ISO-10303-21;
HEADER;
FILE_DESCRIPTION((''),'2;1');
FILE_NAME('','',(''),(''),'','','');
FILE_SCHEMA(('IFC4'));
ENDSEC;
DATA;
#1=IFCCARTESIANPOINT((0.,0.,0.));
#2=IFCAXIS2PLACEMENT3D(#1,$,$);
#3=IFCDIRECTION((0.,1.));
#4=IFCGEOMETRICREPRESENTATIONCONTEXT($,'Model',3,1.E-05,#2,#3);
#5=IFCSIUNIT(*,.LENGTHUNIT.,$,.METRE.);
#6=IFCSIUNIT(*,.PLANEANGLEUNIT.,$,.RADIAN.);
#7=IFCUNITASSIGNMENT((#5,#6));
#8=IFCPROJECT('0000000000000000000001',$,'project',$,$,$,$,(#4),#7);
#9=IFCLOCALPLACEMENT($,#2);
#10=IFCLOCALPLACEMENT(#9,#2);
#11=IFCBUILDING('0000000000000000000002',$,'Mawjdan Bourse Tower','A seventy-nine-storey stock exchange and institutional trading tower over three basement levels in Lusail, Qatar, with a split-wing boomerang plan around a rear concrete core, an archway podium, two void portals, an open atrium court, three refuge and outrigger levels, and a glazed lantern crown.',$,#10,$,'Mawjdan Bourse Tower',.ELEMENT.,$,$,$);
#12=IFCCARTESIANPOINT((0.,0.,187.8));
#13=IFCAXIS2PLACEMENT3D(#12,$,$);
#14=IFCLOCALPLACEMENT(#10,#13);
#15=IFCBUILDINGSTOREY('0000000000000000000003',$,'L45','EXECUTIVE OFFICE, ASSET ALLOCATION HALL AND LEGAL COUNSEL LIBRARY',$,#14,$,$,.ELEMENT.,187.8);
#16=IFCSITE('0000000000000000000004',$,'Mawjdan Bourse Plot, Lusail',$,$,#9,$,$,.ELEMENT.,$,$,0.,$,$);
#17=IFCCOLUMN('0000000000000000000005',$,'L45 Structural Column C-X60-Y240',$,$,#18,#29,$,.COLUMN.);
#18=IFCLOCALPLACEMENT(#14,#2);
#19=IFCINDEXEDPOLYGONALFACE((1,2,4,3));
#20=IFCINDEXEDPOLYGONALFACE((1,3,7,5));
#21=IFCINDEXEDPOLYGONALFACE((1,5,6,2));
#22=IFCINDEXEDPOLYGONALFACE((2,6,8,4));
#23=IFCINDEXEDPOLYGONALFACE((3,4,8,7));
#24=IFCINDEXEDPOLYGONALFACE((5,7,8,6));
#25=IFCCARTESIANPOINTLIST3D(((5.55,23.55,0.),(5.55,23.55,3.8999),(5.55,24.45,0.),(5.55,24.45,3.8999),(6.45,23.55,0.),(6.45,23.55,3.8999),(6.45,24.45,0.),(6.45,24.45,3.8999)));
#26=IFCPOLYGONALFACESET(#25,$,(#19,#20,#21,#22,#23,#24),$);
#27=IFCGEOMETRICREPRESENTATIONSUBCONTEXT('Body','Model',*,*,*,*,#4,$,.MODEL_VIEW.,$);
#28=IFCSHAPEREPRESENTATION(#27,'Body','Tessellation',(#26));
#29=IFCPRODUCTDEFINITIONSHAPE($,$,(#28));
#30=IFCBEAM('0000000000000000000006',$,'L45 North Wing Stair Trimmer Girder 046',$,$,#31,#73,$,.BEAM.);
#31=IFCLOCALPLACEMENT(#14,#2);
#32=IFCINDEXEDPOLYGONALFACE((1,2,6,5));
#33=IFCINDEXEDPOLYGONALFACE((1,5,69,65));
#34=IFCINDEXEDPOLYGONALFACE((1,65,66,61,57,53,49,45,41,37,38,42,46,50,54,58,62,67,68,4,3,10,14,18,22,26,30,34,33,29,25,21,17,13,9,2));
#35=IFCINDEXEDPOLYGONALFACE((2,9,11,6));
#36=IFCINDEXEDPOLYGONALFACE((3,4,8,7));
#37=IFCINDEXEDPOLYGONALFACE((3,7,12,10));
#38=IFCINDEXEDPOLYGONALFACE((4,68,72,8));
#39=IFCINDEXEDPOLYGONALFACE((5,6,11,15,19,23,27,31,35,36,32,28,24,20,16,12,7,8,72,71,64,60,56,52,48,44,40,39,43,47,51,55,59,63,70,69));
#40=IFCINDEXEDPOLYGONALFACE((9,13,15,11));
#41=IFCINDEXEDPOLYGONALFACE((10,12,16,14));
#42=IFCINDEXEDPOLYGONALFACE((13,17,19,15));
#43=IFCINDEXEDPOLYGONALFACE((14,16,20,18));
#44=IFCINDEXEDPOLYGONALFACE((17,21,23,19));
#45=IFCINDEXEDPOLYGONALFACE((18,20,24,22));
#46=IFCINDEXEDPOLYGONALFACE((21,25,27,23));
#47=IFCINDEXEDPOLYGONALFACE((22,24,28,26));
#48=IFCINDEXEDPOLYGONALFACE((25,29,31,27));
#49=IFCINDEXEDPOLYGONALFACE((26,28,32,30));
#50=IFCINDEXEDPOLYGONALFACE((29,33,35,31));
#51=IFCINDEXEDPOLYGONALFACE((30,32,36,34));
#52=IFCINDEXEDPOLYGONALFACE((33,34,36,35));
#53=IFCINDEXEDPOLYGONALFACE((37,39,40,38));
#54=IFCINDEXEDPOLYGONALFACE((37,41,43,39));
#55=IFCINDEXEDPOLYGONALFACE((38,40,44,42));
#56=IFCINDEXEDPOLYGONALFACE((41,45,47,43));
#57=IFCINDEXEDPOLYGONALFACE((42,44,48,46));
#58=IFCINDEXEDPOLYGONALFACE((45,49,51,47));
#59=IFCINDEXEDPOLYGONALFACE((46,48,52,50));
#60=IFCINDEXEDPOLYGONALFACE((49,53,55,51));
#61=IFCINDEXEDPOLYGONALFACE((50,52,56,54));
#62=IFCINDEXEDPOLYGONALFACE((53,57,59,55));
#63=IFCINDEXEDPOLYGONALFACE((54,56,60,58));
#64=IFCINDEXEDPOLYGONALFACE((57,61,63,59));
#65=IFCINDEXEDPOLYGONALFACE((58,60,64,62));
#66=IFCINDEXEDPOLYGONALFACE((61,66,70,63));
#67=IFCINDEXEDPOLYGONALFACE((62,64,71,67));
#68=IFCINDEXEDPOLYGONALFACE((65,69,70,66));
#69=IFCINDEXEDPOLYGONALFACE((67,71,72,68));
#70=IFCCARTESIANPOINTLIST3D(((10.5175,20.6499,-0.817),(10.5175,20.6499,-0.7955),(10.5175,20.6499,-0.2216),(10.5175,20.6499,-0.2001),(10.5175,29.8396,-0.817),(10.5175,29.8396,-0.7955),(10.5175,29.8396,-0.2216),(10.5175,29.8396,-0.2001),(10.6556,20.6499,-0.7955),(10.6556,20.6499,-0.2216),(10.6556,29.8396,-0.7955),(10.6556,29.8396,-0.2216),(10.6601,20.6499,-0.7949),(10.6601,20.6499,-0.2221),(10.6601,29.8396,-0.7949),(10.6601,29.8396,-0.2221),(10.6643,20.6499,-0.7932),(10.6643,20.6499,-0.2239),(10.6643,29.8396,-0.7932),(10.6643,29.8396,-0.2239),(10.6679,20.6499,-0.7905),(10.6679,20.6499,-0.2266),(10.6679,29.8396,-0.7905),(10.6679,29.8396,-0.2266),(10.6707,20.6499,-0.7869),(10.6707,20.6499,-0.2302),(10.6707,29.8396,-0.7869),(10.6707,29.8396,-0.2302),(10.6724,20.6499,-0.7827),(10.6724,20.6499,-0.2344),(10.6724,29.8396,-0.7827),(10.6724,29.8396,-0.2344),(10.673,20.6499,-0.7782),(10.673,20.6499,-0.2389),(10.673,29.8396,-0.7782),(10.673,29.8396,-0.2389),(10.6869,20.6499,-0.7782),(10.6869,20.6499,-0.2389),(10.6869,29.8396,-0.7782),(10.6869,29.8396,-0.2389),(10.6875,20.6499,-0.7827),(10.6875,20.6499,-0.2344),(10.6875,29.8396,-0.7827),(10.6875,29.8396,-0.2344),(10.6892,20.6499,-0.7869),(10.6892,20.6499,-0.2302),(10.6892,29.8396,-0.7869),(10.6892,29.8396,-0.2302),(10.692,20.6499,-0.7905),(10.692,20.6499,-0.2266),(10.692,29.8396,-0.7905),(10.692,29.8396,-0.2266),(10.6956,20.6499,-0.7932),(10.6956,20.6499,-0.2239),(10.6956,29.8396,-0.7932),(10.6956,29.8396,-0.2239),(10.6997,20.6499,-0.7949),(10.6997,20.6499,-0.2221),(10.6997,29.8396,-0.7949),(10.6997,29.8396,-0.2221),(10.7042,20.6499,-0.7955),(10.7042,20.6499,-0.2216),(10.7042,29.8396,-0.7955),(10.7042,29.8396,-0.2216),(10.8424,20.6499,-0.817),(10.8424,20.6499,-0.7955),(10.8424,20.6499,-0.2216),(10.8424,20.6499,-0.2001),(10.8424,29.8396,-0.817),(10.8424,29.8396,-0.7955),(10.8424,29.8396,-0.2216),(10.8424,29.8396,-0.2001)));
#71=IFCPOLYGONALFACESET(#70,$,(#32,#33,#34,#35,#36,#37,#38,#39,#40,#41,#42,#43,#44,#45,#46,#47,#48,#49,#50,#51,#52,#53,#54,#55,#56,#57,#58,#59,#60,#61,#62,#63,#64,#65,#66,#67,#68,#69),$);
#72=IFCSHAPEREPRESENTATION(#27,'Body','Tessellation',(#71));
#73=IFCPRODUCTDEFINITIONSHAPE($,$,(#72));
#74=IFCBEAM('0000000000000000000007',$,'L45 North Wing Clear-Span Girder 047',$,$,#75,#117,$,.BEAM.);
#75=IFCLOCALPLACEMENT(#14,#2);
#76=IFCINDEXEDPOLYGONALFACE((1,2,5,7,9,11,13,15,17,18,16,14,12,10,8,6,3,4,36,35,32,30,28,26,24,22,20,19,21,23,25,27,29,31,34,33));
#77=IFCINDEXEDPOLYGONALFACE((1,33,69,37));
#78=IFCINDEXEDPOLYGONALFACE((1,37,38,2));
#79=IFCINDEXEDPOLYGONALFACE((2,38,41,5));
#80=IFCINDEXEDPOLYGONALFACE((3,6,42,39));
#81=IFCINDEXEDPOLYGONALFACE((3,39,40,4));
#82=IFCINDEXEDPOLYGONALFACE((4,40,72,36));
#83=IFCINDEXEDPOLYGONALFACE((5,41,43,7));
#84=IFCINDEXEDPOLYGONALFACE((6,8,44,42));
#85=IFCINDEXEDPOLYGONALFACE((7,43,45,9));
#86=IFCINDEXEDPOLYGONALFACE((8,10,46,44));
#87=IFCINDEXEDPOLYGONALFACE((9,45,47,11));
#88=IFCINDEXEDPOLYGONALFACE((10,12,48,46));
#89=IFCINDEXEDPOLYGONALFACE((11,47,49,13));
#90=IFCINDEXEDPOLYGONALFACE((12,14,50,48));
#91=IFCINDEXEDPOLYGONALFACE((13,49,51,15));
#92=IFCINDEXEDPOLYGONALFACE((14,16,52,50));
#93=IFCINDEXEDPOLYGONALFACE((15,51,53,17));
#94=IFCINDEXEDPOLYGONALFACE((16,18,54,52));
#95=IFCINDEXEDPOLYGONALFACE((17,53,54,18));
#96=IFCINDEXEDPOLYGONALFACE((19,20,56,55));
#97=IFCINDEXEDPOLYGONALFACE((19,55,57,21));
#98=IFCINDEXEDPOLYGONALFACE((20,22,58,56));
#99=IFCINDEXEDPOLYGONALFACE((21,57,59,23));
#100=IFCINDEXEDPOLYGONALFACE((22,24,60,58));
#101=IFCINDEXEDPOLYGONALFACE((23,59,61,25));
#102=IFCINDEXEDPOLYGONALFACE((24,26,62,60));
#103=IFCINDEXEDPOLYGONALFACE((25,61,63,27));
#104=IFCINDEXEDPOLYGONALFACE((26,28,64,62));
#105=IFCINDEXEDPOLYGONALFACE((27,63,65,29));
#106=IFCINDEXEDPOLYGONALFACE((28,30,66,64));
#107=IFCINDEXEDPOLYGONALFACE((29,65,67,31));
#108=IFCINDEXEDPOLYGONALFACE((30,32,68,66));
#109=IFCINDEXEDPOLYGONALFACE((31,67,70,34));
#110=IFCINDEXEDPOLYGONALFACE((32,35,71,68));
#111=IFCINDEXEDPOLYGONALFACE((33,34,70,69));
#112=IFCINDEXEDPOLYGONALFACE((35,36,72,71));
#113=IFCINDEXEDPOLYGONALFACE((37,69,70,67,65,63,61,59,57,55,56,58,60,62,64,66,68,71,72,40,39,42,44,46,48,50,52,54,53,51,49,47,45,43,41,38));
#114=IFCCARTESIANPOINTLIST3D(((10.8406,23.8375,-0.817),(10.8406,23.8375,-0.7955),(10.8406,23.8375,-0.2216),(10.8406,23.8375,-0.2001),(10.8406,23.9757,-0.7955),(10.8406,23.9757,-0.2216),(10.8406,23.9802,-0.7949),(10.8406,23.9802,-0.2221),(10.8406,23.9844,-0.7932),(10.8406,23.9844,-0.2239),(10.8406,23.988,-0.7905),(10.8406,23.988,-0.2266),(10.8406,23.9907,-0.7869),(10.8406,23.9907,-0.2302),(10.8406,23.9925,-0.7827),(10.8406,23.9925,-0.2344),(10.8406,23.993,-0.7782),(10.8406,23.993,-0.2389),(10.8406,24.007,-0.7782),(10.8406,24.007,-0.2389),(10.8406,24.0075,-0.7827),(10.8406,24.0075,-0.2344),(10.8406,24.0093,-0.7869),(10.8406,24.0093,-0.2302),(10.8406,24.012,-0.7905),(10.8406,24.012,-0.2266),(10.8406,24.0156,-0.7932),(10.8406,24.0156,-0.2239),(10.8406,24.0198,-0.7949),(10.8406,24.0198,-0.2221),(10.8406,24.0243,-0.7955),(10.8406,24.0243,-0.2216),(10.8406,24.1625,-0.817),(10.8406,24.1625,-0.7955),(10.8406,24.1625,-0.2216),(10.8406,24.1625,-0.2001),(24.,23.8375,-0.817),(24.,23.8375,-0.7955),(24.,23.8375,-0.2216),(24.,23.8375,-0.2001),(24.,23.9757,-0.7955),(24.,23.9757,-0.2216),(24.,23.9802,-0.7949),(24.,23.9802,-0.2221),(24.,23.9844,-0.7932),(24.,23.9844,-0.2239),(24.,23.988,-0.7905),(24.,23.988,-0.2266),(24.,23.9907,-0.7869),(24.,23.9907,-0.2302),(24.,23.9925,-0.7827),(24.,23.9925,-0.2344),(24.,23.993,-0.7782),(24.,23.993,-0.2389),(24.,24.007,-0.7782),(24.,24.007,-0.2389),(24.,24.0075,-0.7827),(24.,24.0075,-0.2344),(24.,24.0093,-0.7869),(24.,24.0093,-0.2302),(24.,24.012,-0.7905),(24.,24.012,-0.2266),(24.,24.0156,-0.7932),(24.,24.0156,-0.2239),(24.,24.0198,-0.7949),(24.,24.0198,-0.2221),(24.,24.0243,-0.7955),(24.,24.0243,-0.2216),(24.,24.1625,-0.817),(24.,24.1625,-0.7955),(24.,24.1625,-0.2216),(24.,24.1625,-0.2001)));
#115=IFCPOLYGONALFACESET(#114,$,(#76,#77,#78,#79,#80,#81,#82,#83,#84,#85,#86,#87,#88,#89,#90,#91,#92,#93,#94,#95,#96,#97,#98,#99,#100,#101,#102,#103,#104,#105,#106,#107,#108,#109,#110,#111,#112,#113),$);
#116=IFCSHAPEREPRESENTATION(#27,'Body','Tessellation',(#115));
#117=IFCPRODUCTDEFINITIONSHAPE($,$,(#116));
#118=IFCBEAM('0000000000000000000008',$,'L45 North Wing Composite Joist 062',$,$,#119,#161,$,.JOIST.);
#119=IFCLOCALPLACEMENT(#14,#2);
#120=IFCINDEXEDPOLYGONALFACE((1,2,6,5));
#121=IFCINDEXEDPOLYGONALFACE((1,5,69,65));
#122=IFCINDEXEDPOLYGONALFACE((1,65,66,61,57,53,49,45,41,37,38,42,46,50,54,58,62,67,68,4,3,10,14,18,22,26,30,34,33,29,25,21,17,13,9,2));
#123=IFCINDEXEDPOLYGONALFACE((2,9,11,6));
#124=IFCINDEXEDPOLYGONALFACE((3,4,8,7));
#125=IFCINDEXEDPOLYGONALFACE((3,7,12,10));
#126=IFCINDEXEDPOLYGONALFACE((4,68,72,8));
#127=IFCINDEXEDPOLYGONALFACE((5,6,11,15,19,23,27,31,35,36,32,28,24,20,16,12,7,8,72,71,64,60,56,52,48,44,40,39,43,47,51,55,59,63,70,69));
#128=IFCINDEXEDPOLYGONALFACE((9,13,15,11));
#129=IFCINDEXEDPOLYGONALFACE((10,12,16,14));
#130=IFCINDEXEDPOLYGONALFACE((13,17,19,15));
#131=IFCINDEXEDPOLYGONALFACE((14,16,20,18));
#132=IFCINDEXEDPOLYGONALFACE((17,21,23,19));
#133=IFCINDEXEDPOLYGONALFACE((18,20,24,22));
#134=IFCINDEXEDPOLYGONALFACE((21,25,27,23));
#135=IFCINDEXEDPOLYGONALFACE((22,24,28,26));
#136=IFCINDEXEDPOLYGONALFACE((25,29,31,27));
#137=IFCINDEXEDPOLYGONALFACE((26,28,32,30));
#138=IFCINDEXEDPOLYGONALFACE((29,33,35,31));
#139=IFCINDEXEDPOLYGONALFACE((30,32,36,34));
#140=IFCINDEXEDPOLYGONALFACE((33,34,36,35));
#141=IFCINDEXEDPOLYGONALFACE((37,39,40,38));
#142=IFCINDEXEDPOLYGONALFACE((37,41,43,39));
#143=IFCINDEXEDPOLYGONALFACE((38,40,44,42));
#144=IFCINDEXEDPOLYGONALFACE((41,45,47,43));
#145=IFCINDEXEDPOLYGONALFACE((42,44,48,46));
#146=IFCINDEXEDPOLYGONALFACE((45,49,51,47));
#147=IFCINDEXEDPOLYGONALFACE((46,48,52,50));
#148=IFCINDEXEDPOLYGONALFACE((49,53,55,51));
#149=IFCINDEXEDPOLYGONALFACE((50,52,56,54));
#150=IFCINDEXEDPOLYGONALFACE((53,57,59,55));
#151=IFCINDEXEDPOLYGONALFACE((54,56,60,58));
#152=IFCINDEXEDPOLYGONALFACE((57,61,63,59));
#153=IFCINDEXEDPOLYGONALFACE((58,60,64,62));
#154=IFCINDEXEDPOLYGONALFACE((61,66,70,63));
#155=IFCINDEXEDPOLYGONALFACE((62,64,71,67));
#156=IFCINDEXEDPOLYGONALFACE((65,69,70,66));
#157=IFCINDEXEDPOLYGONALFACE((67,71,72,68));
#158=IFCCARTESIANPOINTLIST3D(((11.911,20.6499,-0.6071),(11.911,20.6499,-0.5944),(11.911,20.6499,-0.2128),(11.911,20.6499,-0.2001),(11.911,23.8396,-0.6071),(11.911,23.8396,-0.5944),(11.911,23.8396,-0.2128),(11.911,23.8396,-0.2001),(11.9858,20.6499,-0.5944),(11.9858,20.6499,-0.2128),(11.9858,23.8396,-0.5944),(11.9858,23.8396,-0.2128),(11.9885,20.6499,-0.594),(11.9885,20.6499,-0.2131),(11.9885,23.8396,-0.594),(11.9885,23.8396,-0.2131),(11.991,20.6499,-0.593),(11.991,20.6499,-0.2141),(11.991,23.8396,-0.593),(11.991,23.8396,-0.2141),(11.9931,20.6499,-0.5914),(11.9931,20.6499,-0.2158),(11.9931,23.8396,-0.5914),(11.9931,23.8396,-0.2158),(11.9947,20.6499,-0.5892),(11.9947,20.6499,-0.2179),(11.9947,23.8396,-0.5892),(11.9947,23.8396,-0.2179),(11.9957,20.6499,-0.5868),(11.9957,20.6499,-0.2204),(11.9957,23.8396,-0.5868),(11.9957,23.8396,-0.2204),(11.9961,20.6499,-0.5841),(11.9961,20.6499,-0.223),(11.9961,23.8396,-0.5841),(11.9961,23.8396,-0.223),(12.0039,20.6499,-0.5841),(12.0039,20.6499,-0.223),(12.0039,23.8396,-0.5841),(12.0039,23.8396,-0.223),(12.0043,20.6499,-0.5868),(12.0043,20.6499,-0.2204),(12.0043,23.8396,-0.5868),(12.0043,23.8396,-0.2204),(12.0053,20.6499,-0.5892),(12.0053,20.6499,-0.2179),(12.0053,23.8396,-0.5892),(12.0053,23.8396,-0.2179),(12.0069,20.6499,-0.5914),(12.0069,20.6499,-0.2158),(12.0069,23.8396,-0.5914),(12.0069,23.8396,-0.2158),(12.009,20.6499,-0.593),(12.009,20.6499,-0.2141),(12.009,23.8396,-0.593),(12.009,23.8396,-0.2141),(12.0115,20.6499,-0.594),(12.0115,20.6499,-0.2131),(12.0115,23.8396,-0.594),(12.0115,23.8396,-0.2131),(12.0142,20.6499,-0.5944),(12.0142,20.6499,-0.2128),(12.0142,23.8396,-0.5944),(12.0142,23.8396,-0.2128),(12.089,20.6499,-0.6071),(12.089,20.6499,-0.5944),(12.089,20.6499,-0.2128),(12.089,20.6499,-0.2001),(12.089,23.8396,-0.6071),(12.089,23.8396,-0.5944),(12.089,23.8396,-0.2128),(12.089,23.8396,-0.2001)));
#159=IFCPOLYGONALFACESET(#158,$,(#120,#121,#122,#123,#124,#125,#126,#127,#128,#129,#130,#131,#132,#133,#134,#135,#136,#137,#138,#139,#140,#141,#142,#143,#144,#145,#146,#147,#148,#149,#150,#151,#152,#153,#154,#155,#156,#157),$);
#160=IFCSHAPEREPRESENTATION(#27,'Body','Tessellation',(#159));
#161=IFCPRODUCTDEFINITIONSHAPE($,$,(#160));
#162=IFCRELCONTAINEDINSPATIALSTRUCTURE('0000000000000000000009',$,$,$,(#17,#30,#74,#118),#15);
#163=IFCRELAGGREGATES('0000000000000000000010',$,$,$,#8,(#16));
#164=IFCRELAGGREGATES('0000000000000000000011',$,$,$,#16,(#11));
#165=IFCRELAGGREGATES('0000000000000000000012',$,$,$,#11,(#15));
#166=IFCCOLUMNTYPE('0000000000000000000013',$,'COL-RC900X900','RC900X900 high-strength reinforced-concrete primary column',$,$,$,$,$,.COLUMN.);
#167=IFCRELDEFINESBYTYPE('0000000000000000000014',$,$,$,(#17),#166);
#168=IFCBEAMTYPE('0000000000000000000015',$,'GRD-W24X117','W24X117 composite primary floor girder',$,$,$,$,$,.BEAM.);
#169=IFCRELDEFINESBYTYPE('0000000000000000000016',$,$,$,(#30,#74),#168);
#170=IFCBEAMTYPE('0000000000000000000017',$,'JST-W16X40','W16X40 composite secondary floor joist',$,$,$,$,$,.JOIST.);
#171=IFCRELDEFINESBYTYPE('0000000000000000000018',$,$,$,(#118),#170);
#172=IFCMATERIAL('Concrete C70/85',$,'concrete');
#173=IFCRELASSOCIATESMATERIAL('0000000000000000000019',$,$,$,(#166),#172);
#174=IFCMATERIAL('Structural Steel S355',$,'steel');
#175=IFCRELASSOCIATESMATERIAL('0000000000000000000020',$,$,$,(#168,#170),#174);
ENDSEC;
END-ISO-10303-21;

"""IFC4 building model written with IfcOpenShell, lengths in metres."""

from ifc_helpers import new_model, si_unit, direction, frame, origin, origin_2d, place, context, subcontext, project, spatial, rectangle, i_section, extrude, material, material_profile, profile_set, type_object, element, save


model = new_model("IFC4")

# Units and contexts
model_context = context("Model", 3, precision=1e-05, world=origin(), true_north=direction((0.0, 1.0)))
body_context = subcontext(model_context, "Body", "Model", "MODEL_VIEW")
ifc_project = project(units=[si_unit("LENGTHUNIT", "METRE"), si_unit("PLANEANGLEUNIT", "RADIAN")], contexts=[model_context])

# Site, building, storey
site_placement = place(None, origin())
site = spatial("IfcSite", under=ifc_project, at=site_placement, Name="Mawjdan Bourse Plot, Lusail", CompositionType="ELEMENT", RefElevation=0.0)
building_placement = place(site_placement, origin())
building = spatial("IfcBuilding", under=site, at=building_placement, Name="Mawjdan Bourse Tower", Description="A seventy-nine-storey stock exchange and institutional trading tower over three basement levels in Lusail, Qatar, with a split-wing boomerang plan around a rear concrete core, an archway podium, two void portals, an open atrium court, three refuge and outrigger levels, and a glazed lantern crown.", LongName="Mawjdan Bourse Tower", CompositionType="ELEMENT")
storey_placement = place(building_placement, frame((0.0, 0.0, 187.8)))
storey = spatial("IfcBuildingStorey", under=building, at=storey_placement, Name="L45", Description="EXECUTIVE OFFICE, ASSET ALLOCATION HALL AND LEGAL COUNSEL LIBRARY", CompositionType="ELEMENT", Elevation=187.8)

# Column
ifc_material_1 = material(Name="Concrete C70/85", Category="concrete")
ifc_material_profile_1 = material_profile(ifc_material_1, rectangle(XDim=0.8999, YDim=0.8999, at=origin_2d()), Name="RC900X900")
ifc_profile_set_1 = profile_set([ifc_material_profile_1], Name="Concrete C70/85")
column_type = type_object("IfcColumnType", Name="COL-RC900X900", Description="RC900X900 high-strength reinforced-concrete primary column", PredefinedType="COLUMN", material=ifc_profile_set_1)
column_placement = place(storey_placement, frame((6.0, 24.0, 0.0), z_axis=(0.0, 0.0, 1.0), x_axis=(1.0, 0.0, 0.0)))
element("IfcColumn", 1, at=column_placement, inside=storey, type_object=column_type, Name="L45 Structural Column C-X60-Y240", PredefinedType="COLUMN", context=body_context, shape_type="SweptSolid", body=[
    extrude(rectangle(XDim=0.8999, YDim=0.8999, at=origin_2d()), origin(), (0.0, 0.0, 1.0), 3.8999),
])

# Beams
ifc_material_2 = material(Name="Structural Steel S355", Category="steel")
ifc_material_profile_2 = material_profile(ifc_material_2, i_section(OverallWidth=0.325, OverallDepth=0.6169, WebThickness=0.0139, FlangeThickness=0.0215, FilletRadius=0.0173, at=origin_2d()), Name="W24X117")
ifc_profile_set_2 = profile_set([ifc_material_profile_2], Name="Structural Steel S355")
beam_type_1 = type_object("IfcBeamType", Name="GRD-W24X117", Description="W24X117 composite primary floor girder", PredefinedType="BEAM", material=ifc_profile_set_2)
beam_1_placement = place(storey_placement, frame((10.6799, 20.6499, -0.5085), z_axis=(0.0, 1.0, 0.0), x_axis=(-1.0, 0.0, 0.0)))
element("IfcBeam", 2, at=beam_1_placement, inside=storey, type_object=beam_type_1, Name="L45 North Wing Stair Trimmer Girder 046", PredefinedType="BEAM", context=body_context, shape_type="SweptSolid", body=[
    extrude(i_section(OverallWidth=0.325, OverallDepth=0.6169, WebThickness=0.0139, FlangeThickness=0.0215, FilletRadius=0.0173, at=origin_2d()), origin(), (0.0, 0.0, 1.0), 9.1897),
])
beam_2_placement = place(storey_placement, frame((10.8406, 24.0, -0.5085), z_axis=(1.0, 0.0, 0.0), x_axis=(0.0, 1.0, 0.0)))
element("IfcBeam", 3, at=beam_2_placement, inside=storey, type_object=beam_type_1, Name="L45 North Wing Clear-Span Girder 047", PredefinedType="BEAM", context=body_context, shape_type="SweptSolid", body=[
    extrude(i_section(OverallWidth=0.325, OverallDepth=0.6169, WebThickness=0.0139, FlangeThickness=0.0215, FilletRadius=0.0173, at=origin_2d()), origin(), (0.0, 0.0, 1.0), 13.1594),
])
ifc_material_profile_3 = material_profile(ifc_material_2, i_section(OverallWidth=0.178, OverallDepth=0.407, WebThickness=0.0078, FlangeThickness=0.0127, FilletRadius=0.0103, at=origin_2d()), Name="W16X40")
ifc_profile_set_3 = profile_set([ifc_material_profile_3], Name="Structural Steel S355")
beam_type_2 = type_object("IfcBeamType", Name="JST-W16X40", Description="W16X40 composite secondary floor joist", PredefinedType="JOIST", material=ifc_profile_set_3)
beam_3_placement = place(storey_placement, frame((12.0, 20.6499, -0.4036), z_axis=(0.0, 1.0, 0.0), x_axis=(-1.0, 0.0, 0.0)))
element("IfcBeam", 4, at=beam_3_placement, inside=storey, type_object=beam_type_2, Name="L45 North Wing Composite Joist 062", PredefinedType="JOIST", context=body_context, shape_type="SweptSolid", body=[
    extrude(i_section(OverallWidth=0.178, OverallDepth=0.407, WebThickness=0.0078, FlangeThickness=0.0127, FilletRadius=0.0103, at=origin_2d()), origin(), (0.0, 0.0, 1.0), 3.1897),
])

save(model, "model.ifc")
